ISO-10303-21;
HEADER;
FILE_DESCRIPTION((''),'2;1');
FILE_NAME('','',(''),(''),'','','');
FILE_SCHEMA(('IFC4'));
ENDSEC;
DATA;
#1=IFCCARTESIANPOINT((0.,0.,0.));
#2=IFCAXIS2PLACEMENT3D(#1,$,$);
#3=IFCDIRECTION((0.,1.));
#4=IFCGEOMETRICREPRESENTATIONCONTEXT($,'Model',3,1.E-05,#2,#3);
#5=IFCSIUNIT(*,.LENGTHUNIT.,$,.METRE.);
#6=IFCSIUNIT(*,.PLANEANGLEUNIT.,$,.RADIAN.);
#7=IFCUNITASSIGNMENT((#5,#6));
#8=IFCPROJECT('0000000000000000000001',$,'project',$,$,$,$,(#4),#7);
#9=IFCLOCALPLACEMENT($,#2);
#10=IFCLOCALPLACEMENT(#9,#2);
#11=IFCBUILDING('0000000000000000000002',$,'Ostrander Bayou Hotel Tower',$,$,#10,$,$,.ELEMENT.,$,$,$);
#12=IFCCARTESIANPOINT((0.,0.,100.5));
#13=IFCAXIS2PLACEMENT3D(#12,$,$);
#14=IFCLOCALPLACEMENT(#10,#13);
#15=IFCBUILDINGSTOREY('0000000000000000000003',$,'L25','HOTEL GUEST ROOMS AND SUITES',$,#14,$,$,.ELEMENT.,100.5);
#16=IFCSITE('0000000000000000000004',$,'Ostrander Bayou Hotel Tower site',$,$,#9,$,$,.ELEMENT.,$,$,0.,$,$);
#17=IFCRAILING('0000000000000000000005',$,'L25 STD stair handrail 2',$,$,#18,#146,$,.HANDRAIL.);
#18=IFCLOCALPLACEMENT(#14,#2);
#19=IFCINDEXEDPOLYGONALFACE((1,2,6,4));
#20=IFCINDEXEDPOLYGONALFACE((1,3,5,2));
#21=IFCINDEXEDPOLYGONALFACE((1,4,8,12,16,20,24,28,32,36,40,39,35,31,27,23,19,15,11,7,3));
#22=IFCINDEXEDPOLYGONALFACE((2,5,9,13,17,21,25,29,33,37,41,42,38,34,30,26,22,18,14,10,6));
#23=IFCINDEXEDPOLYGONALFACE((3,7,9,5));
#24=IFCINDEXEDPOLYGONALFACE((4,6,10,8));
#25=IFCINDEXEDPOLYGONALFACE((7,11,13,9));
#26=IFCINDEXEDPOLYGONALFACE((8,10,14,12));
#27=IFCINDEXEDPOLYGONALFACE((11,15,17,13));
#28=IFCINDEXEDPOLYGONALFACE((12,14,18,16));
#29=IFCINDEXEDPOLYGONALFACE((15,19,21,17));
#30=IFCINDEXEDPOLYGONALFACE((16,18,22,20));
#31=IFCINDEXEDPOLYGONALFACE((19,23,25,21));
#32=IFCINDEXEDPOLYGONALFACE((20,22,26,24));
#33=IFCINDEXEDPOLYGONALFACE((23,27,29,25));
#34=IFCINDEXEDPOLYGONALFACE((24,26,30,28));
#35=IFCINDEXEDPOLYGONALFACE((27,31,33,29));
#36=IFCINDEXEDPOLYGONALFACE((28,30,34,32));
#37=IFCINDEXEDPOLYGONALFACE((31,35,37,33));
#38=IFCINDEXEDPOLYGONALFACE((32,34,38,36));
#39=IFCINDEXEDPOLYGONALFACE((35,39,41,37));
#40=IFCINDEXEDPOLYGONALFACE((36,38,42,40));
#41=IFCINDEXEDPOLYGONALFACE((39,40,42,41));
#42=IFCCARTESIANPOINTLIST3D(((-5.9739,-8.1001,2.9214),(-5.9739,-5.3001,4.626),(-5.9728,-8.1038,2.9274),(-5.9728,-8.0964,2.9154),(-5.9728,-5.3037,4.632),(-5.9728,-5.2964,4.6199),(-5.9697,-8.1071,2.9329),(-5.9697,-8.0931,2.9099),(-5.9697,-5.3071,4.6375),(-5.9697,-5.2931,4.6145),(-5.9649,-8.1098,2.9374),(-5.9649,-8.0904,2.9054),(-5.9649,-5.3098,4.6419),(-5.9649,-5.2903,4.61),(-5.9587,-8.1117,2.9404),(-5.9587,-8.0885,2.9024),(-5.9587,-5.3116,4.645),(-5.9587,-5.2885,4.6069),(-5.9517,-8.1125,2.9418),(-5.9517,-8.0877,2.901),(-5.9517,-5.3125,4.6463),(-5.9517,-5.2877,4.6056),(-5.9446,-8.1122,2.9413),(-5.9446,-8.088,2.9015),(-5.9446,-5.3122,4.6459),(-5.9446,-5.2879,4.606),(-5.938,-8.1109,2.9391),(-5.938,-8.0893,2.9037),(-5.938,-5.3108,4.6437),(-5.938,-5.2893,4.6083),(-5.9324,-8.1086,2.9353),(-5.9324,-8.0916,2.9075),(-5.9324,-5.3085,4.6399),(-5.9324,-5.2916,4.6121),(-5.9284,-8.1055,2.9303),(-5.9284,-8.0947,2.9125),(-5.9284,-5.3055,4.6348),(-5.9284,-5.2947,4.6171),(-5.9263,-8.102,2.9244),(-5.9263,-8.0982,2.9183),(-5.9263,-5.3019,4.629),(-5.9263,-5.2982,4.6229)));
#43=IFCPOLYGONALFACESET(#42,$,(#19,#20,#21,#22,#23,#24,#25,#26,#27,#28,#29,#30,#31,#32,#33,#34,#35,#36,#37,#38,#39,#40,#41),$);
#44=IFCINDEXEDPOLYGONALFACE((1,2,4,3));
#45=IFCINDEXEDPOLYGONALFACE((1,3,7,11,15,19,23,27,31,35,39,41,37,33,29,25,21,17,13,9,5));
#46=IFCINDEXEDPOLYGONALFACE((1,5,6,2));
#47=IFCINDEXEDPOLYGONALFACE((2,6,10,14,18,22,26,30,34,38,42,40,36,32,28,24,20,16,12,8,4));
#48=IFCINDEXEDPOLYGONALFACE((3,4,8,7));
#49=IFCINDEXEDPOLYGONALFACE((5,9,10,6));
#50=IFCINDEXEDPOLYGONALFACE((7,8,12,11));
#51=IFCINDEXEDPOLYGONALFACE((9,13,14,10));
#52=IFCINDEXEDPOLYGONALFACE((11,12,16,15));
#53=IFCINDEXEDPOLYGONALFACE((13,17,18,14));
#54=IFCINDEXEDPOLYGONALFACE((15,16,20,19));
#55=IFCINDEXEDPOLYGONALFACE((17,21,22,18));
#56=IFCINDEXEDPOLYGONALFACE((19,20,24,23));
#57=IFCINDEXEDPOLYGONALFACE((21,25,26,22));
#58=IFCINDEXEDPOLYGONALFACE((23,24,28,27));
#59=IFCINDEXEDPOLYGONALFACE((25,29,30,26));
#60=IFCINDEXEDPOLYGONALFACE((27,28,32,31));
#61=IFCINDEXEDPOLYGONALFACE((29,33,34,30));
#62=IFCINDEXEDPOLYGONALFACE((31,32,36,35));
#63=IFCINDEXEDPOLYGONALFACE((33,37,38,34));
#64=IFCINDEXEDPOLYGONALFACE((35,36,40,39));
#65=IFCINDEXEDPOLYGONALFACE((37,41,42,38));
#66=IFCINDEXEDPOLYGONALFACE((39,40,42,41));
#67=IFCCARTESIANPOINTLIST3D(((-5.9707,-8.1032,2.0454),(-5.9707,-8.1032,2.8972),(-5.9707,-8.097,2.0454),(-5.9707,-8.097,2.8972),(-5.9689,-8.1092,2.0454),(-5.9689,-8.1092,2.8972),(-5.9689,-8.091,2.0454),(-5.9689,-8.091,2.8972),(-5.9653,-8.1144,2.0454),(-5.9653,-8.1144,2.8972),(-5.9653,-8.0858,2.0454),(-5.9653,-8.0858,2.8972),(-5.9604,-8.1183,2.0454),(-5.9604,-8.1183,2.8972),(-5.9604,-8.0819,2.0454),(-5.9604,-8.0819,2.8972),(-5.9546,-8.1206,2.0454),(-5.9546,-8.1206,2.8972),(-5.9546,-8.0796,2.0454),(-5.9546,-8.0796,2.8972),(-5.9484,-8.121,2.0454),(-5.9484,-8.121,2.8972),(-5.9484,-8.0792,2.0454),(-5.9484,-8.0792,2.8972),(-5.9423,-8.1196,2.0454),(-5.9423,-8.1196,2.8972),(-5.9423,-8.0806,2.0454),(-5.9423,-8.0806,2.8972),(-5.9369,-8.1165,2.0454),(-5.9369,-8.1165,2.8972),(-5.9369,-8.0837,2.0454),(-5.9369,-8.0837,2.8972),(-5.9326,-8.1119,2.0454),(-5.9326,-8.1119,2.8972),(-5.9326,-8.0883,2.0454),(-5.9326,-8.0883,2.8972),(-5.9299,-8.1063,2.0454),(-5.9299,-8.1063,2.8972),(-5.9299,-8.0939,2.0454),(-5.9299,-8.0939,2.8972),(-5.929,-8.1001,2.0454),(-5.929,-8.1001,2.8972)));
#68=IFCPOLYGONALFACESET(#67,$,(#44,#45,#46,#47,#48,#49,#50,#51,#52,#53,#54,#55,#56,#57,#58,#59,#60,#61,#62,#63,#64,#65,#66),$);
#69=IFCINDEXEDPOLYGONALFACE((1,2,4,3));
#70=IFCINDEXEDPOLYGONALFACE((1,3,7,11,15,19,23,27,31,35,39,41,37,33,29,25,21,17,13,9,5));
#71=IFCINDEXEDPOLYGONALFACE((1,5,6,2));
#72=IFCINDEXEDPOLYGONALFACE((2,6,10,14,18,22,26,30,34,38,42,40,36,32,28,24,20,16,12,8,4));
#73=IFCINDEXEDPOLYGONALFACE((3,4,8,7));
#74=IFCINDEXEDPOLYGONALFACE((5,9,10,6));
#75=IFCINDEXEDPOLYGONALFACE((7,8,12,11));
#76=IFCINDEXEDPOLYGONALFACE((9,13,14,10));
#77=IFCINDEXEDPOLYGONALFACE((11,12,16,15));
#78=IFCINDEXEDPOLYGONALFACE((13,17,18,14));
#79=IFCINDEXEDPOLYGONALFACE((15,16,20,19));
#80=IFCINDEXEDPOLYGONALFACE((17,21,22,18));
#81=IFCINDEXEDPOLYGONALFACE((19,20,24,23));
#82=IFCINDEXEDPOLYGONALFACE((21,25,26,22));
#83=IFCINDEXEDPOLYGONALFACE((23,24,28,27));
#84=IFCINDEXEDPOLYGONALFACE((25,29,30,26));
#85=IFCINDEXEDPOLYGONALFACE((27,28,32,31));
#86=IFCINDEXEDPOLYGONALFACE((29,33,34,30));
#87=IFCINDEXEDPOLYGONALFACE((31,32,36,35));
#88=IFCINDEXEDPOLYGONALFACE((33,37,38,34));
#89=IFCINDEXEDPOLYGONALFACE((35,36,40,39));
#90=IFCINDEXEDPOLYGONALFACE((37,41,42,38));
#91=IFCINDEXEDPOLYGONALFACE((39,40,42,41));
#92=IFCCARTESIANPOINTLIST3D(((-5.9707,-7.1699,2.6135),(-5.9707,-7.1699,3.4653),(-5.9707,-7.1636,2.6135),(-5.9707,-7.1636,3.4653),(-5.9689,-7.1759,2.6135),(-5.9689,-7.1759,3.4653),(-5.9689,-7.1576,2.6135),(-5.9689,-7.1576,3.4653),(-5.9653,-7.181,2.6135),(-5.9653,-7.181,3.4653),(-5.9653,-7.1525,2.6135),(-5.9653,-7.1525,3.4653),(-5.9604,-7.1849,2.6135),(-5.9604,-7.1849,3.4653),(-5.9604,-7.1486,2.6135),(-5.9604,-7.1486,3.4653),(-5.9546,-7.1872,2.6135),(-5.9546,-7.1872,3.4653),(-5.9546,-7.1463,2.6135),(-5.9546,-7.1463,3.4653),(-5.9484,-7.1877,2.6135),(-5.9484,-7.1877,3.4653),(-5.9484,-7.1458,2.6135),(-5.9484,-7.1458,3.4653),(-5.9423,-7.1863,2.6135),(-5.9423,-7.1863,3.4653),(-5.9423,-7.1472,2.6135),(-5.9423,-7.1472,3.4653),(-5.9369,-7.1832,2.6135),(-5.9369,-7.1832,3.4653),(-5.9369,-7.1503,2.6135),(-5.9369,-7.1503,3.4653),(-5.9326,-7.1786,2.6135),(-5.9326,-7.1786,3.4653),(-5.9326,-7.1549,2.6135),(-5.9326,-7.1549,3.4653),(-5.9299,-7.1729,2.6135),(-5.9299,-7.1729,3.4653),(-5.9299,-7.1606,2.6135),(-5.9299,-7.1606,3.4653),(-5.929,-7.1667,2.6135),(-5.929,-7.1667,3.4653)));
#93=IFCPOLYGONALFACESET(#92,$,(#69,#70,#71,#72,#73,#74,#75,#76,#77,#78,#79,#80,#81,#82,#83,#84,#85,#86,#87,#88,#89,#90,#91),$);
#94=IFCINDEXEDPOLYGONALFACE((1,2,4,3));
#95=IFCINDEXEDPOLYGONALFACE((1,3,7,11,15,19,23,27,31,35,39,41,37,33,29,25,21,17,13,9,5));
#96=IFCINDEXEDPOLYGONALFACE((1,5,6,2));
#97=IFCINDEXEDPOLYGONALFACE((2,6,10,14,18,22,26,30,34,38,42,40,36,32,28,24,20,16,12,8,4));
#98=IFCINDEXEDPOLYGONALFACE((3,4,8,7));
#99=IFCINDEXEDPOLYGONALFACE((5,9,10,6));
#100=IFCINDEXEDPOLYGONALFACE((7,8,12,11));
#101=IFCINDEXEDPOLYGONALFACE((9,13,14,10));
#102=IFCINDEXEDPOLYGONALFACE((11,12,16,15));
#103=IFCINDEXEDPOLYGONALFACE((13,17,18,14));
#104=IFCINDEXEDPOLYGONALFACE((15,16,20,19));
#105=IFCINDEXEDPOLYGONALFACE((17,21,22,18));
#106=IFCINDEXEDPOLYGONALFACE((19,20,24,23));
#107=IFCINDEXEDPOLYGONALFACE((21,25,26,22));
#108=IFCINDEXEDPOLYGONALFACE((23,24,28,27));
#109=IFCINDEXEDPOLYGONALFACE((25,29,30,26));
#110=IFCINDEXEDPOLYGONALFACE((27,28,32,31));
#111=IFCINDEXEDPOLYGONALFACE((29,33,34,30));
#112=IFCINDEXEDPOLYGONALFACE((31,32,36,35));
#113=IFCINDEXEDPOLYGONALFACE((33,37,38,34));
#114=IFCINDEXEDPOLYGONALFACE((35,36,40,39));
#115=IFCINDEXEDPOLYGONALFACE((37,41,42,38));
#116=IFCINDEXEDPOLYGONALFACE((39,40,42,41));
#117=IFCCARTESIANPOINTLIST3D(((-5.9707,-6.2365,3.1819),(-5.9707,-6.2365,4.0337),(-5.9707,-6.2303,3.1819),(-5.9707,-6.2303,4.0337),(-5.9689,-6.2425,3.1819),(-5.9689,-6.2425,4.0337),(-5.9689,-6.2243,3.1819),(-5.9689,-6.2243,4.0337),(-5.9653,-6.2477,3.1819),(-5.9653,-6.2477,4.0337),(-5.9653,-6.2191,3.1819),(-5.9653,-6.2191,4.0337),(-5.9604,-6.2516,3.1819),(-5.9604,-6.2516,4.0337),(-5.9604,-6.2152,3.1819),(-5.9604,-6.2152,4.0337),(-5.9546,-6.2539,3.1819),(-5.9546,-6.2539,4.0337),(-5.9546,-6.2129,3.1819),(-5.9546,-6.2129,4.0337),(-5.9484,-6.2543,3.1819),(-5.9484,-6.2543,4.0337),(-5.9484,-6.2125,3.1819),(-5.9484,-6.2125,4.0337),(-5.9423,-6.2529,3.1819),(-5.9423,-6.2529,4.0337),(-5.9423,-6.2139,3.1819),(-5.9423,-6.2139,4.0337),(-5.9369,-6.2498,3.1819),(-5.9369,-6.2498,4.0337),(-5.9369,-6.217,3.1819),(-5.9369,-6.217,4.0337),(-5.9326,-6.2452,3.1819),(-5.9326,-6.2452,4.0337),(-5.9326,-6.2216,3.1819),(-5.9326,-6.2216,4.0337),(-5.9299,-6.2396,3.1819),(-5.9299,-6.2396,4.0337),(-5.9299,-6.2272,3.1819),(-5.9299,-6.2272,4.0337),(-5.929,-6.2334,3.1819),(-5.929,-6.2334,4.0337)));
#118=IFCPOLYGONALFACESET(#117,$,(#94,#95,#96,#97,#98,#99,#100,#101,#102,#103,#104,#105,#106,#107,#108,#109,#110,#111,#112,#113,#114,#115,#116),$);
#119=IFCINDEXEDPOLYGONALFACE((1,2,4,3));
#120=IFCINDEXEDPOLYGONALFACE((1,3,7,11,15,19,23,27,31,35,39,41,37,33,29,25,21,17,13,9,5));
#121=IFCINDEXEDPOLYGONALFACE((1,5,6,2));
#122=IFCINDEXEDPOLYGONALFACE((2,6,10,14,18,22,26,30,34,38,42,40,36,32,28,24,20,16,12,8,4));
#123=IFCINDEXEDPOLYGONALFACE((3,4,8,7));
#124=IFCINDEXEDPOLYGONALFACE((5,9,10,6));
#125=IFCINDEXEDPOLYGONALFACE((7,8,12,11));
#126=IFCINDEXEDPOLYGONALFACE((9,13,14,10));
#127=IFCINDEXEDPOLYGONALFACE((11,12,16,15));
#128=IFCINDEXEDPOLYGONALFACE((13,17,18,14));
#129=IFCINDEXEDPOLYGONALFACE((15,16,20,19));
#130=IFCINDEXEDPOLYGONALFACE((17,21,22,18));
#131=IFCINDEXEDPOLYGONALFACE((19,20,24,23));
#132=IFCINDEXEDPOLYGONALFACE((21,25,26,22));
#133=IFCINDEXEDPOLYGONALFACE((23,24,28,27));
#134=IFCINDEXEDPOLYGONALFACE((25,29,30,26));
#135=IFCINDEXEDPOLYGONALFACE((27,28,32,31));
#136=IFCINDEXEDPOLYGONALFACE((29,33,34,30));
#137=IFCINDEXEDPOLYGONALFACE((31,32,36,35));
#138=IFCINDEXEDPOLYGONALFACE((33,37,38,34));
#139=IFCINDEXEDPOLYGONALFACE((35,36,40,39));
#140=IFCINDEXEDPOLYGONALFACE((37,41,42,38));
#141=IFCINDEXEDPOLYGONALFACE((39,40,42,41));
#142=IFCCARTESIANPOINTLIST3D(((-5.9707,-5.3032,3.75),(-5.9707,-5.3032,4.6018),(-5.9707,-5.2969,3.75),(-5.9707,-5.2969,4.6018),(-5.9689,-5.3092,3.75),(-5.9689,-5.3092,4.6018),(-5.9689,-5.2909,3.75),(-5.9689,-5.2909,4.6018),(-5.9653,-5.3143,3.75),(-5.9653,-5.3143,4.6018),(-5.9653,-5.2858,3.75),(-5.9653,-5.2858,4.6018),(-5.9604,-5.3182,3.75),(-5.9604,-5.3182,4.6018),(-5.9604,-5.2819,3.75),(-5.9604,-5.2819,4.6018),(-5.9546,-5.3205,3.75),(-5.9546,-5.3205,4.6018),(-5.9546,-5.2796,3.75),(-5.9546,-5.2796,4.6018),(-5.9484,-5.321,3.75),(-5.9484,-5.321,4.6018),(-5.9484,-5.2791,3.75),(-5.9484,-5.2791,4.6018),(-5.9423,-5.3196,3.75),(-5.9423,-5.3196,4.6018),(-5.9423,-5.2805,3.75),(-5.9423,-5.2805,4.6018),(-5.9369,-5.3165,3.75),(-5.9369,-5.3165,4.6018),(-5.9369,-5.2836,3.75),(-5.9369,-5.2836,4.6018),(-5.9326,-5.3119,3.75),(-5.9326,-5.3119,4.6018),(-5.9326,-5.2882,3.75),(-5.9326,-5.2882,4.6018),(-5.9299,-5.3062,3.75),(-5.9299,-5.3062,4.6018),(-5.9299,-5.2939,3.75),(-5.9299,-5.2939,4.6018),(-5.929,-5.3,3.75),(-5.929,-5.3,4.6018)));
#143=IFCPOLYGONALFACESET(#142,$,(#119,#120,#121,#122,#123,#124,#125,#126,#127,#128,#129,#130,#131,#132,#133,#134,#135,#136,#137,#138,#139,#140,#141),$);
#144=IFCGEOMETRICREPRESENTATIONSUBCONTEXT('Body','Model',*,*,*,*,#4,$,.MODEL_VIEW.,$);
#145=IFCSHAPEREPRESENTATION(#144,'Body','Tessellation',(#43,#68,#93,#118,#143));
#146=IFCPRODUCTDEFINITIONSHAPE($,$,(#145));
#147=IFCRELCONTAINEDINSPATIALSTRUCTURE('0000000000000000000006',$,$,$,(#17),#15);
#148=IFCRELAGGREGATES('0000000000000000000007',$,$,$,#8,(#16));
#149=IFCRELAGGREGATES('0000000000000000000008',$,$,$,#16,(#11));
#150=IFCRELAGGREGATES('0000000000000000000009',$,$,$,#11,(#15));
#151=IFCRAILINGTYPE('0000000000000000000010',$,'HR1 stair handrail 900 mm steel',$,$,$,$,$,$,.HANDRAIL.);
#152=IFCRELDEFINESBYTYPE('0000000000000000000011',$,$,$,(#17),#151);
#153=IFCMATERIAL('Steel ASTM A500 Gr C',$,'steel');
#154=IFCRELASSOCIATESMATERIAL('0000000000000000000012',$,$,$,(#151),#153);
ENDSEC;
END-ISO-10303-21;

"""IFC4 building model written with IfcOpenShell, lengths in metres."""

from ifc_helpers import new_model, si_unit, direction, frame, origin, origin_2d, place, context, subcontext, project, spatial, circle, extrude, material, type_object, element, save


model = new_model("IFC4")

# Units and contexts
model_context = context("Model", 3, precision=1e-05, world=origin(), true_north=direction((0.0, 1.0)))
body_context = subcontext(model_context, "Body", "Model", "MODEL_VIEW")
ifc_project = project(units=[si_unit("LENGTHUNIT", "METRE"), si_unit("PLANEANGLEUNIT", "RADIAN")], contexts=[model_context])

# Site, building, storey
site_placement = place(None, origin())
site = spatial("IfcSite", under=ifc_project, at=site_placement, Name="Ostrander Bayou Hotel Tower site", CompositionType="ELEMENT", RefElevation=0.0)
building_placement = place(site_placement, origin())
building = spatial("IfcBuilding", under=site, at=building_placement, Name="Ostrander Bayou Hotel Tower", CompositionType="ELEMENT")
storey_placement = place(building_placement, frame((0.0, 0.0, 100.5)))
storey = spatial("IfcBuildingStorey", under=building, at=storey_placement, Name="L25", Description="HOTEL GUEST ROOMS AND SUITES", CompositionType="ELEMENT", Elevation=100.5)

# Railing
ifc_material_1 = material(Name="Steel ASTM A500 Gr C", Category="steel")
railing_type_1 = type_object("IfcRailingType", Name="HR1 stair handrail 900 mm steel", PredefinedType="HANDRAIL", material=ifc_material_1)
railing_1_placement = place(storey_placement, frame((-5.95, -8.1001, 2.0454)))
element("IfcRailing", 1, at=railing_1_placement, inside=storey, type_object=railing_type_1, Name="L25 STD stair handrail 2", PredefinedType="HANDRAIL", context=body_context, shape_type="SweptSolid", body=[
    extrude(circle(Radius=0.0239, at=origin_2d()), frame((0.0, 0.0, 0.876), z_axis=(0.0, 0.85417, 0.519994), x_axis=(-1.0, 0.0, 0.0)), (0.0, 0.0, 1.0), 3.2781),
    extrude(circle(Radius=0.021, at=origin_2d()), origin(), (0.0, 0.0, 1.0), 0.8518),
    extrude(circle(Radius=0.021, at=origin_2d()), frame((0.0, 0.9333, 0.5681)), (0.0, 0.0, 1.0), 0.8518),
    extrude(circle(Radius=0.021, at=origin_2d()), frame((0.0, 1.8667, 1.1365)), (0.0, 0.0, 1.0), 0.8518),
    extrude(circle(Radius=0.021, at=origin_2d()), frame((0.0, 2.8, 1.7046)), (0.0, 0.0, 1.0), 0.8518),
])

save(model, "model.ifc")
